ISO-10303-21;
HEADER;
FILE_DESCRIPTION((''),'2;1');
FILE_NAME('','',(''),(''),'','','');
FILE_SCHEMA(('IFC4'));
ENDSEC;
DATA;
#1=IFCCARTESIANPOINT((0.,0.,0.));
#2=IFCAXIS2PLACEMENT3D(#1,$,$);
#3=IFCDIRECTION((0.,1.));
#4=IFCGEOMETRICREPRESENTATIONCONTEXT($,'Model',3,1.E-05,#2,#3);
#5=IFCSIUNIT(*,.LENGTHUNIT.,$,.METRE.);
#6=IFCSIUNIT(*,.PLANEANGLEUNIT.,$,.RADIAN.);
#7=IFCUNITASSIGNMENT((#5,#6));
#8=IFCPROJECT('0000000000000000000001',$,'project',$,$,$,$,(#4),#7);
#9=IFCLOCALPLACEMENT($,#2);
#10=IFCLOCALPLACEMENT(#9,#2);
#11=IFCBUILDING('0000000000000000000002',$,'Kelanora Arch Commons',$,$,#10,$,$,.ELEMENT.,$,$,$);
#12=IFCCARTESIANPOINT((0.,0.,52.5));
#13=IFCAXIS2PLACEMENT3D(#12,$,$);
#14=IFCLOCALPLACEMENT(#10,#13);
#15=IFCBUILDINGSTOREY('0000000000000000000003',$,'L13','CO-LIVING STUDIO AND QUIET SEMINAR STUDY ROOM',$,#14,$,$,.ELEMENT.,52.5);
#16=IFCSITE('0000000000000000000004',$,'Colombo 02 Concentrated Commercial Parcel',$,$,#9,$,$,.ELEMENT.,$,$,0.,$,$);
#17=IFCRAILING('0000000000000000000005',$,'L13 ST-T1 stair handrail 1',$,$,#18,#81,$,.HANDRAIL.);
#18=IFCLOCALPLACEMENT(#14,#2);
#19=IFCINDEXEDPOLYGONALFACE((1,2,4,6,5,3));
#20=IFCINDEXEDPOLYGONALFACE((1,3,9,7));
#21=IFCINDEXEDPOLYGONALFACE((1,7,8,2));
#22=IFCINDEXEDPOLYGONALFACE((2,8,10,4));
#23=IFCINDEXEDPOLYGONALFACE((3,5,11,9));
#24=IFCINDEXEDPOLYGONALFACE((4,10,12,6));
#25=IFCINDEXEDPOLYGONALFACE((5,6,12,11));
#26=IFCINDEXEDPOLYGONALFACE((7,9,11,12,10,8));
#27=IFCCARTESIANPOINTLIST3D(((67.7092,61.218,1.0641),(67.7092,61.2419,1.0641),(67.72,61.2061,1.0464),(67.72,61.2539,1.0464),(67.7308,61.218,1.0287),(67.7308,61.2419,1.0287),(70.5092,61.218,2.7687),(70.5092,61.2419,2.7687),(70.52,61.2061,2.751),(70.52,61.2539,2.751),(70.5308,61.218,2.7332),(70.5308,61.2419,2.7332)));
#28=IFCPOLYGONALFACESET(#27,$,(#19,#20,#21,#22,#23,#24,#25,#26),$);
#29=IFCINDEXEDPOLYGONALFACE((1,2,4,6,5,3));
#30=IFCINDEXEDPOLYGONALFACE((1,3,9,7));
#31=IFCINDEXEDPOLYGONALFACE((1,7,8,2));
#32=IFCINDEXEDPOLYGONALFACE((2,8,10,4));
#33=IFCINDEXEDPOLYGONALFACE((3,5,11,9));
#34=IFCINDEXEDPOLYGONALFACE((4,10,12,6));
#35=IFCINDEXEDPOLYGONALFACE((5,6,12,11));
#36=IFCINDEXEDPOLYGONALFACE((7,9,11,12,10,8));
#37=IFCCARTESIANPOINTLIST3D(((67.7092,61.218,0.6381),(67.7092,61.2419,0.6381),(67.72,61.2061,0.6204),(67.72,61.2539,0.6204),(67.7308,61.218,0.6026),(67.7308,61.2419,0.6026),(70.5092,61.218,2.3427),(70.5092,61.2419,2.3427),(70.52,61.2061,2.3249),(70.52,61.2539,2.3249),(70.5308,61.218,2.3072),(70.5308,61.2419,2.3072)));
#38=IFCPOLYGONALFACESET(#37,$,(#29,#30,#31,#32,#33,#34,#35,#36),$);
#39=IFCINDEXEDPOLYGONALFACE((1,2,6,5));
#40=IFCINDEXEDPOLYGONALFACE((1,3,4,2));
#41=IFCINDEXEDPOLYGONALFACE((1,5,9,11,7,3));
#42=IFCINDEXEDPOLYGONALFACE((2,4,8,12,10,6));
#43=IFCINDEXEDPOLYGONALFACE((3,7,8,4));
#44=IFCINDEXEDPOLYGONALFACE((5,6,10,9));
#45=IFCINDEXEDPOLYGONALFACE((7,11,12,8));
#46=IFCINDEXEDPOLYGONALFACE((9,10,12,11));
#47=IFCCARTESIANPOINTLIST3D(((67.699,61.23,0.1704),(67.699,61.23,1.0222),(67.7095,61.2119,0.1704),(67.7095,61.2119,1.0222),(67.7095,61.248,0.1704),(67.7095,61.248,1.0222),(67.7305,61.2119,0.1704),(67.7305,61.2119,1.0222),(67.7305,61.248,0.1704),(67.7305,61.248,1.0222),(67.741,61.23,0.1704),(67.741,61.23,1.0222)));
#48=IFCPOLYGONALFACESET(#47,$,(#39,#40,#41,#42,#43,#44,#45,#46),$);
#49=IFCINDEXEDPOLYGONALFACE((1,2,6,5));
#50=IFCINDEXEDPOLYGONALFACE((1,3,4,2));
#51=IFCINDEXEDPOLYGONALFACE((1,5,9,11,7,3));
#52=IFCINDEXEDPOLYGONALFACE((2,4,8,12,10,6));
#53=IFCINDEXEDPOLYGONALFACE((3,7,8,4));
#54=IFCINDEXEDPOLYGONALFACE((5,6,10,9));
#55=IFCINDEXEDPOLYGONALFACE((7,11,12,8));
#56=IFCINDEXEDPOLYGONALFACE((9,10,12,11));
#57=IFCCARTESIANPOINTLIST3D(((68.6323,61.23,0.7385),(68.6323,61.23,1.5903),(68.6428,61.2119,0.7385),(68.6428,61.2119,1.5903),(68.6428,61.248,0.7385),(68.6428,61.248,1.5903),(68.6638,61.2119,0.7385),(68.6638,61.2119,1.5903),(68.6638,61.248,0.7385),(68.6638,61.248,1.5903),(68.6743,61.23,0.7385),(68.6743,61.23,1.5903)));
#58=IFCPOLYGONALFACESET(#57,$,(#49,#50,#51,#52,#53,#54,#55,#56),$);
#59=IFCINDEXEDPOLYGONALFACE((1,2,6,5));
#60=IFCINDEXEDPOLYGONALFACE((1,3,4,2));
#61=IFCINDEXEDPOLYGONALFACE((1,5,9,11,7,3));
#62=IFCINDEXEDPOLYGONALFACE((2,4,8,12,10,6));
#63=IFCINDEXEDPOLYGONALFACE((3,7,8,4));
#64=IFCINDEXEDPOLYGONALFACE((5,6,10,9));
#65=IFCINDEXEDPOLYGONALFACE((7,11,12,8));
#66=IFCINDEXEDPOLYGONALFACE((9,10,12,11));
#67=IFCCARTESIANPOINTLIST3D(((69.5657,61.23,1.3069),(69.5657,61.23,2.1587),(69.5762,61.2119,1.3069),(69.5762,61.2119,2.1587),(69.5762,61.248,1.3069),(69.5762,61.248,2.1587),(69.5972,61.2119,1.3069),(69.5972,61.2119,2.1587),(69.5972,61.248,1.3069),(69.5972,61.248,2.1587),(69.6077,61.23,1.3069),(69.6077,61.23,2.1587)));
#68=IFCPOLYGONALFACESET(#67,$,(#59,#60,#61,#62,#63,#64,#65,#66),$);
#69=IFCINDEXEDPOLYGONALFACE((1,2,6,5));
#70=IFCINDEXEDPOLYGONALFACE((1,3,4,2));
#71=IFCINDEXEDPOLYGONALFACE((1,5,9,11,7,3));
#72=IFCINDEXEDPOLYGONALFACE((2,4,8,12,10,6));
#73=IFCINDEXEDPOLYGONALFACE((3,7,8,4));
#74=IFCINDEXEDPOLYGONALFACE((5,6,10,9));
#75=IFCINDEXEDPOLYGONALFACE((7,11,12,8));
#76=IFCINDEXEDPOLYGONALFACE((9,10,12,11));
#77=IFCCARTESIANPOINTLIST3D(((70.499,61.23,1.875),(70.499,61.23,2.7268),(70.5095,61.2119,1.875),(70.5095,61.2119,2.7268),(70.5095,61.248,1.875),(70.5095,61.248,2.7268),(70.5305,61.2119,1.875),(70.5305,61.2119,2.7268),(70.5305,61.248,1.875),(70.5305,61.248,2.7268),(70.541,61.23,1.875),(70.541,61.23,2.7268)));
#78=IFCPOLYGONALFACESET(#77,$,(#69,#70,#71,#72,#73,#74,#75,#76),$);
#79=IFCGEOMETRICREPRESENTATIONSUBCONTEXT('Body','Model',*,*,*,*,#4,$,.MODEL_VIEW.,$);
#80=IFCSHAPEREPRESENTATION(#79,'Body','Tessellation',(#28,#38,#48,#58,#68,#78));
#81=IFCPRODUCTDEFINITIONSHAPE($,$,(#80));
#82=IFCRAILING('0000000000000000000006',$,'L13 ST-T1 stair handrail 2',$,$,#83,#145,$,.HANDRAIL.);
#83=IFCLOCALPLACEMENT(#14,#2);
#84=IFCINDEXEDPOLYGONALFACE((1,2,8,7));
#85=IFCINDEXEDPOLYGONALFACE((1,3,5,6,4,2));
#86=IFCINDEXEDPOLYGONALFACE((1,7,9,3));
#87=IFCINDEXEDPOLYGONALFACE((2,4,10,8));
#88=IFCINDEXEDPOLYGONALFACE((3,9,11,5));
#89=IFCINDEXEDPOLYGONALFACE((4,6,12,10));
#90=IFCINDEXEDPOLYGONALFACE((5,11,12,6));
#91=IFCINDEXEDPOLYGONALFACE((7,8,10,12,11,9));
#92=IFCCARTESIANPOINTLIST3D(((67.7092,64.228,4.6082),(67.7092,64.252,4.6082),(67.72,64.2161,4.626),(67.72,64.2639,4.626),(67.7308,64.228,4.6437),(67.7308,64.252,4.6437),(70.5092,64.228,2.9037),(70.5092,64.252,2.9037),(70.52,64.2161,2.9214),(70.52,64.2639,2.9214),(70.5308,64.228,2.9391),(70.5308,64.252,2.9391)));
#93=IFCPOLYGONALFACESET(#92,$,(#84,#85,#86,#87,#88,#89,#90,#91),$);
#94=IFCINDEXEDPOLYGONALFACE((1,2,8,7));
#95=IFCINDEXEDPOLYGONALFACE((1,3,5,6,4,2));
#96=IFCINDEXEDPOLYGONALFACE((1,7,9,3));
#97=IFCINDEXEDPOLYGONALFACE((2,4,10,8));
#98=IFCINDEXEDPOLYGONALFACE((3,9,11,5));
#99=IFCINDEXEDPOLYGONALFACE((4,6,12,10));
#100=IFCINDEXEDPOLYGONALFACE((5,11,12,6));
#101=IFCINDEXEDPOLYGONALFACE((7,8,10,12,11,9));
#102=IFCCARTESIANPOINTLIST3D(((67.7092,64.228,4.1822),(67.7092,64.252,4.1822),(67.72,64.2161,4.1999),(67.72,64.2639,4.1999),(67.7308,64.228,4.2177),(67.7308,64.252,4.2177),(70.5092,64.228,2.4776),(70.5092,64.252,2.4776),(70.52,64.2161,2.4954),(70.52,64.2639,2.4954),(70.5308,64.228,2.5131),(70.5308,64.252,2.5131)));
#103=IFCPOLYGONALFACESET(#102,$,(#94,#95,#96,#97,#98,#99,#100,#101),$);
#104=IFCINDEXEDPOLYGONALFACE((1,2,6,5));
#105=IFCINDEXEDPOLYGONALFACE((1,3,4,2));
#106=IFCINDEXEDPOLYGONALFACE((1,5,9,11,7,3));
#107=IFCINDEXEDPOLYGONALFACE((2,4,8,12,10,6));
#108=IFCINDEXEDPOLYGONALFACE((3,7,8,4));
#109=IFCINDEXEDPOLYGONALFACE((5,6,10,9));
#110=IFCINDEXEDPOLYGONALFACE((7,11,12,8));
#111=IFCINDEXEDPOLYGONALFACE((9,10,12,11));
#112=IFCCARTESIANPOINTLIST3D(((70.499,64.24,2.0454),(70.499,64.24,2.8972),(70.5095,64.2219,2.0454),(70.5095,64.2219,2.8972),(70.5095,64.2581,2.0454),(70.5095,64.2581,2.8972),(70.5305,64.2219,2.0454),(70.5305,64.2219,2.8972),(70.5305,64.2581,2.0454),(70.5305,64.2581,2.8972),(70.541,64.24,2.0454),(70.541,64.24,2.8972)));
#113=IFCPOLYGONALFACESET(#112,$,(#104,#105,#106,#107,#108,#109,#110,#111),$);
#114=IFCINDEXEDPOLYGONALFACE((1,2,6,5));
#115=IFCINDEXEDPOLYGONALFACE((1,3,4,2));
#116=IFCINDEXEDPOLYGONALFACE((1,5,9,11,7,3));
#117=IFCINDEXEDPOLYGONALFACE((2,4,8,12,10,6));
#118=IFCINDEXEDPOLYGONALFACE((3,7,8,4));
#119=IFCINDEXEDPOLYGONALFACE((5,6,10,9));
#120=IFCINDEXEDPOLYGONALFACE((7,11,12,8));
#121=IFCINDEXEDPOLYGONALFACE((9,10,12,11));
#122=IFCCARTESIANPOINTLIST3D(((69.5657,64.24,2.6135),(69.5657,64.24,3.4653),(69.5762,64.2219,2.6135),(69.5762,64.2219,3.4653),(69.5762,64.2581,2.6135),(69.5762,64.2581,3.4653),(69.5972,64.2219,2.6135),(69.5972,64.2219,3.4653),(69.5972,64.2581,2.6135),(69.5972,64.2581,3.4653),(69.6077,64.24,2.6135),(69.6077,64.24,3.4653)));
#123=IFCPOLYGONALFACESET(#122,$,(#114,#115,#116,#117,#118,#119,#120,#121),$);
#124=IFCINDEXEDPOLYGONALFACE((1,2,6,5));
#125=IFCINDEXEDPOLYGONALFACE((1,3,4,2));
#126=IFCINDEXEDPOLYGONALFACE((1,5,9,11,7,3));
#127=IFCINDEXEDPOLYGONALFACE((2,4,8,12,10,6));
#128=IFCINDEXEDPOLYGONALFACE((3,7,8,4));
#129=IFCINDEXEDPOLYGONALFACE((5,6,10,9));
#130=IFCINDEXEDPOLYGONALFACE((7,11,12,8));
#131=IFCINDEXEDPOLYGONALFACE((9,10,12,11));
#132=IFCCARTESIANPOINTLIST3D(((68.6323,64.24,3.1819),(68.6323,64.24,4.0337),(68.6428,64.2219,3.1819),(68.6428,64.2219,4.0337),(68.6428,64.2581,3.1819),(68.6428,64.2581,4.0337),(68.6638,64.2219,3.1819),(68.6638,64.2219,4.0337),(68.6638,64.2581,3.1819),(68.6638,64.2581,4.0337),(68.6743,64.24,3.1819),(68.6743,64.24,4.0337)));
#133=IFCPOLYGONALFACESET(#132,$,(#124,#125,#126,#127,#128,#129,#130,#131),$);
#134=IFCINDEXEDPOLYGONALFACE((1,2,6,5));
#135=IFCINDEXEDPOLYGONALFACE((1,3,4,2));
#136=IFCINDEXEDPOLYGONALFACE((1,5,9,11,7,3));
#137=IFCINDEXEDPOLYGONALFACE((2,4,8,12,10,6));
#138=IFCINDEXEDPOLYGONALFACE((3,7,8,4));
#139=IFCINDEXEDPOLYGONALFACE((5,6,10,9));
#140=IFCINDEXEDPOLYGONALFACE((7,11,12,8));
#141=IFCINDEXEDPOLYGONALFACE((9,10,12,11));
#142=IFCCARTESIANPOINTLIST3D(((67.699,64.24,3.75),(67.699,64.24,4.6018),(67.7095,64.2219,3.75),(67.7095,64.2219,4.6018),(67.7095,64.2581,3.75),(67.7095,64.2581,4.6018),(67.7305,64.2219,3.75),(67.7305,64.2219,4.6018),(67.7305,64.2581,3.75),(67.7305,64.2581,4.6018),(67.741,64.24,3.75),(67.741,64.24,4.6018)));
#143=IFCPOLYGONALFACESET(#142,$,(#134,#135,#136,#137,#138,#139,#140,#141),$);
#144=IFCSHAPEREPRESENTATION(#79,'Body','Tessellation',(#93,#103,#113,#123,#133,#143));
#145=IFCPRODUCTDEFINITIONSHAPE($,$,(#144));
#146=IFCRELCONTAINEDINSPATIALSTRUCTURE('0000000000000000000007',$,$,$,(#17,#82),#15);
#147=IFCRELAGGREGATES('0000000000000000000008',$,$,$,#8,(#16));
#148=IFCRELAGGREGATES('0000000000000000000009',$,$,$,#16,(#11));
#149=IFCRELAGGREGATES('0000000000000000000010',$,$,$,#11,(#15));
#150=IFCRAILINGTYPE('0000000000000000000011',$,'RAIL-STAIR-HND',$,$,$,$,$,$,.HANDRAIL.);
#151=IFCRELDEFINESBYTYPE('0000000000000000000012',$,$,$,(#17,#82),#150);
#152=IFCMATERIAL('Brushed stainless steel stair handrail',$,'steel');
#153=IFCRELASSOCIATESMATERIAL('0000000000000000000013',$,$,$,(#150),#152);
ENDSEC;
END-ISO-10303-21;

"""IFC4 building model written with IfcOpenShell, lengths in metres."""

from ifc_helpers import new_model, si_unit, direction, frame, origin, place, context, subcontext, project, spatial, polyline, outline, extrude, material, type_object, element, save


model = new_model("IFC4")

# Units and contexts
model_context = context("Model", 3, precision=1e-05, world=origin(), true_north=direction((0.0, 1.0)))
body_context = subcontext(model_context, "Body", "Model", "MODEL_VIEW")
ifc_project = project(units=[si_unit("LENGTHUNIT", "METRE"), si_unit("PLANEANGLEUNIT", "RADIAN")], contexts=[model_context])

# Site, building, storey
site_placement = place(None, origin())
site = spatial("IfcSite", under=ifc_project, at=site_placement, Name="Colombo 02 Concentrated Commercial Parcel", CompositionType="ELEMENT", RefElevation=0.0)
building_placement = place(site_placement, origin())
building = spatial("IfcBuilding", under=site, at=building_placement, Name="Kelanora Arch Commons", CompositionType="ELEMENT")
storey_placement = place(building_placement, frame((0.0, 0.0, 52.5)))
storey = spatial("IfcBuildingStorey", under=building, at=storey_placement, Name="L13", Description="CO-LIVING STUDIO AND QUIET SEMINAR STUDY ROOM", CompositionType="ELEMENT", Elevation=52.5)

# Railings
ifc_material_1 = material(Name="Brushed stainless steel stair handrail", Category="steel")
railing_type_1 = type_object("IfcRailingType", Name="RAIL-STAIR-HND", PredefinedType="HANDRAIL", material=ifc_material_1)
railing_1_placement = place(storey_placement, frame((67.72, 61.23, 0.1704)))
element("IfcRailing", 1, at=railing_1_placement, inside=storey, type_object=railing_type_1, Name="L13 ST-T1 stair handrail 1", PredefinedType="HANDRAIL", context=body_context, shape_type="SweptSolid", body=[
    extrude(outline(polyline([(0.0239, 0.0), (0.012, 0.0208), (-0.012, 0.0208), (-0.0239, 0.0), (-0.012, -0.0208), (0.012, -0.0208), (0.0239, 0.0)])), frame((0.0, 0.0, 0.876), z_axis=(0.85417, 0.0, 0.519994), x_axis=(0.0, 1.0, 0.0)), (0.0, 0.0, 1.0), 3.2781),
    extrude(outline(polyline([(0.0239, 0.0), (0.012, 0.0208), (-0.012, 0.0208), (-0.0239, 0.0), (-0.012, -0.0208), (0.012, -0.0208), (0.0239, 0.0)])), frame((0.0, 0.0, 0.45), z_axis=(0.85417, 0.0, 0.519994), x_axis=(0.0, 1.0, 0.0)), (0.0, 0.0, 1.0), 3.2781),
    extrude(outline(polyline([(0.021, 0.0), (0.0105, 0.0181), (-0.0105, 0.0181), (-0.021, 0.0), (-0.0105, -0.0181), (0.0105, -0.0181), (0.021, 0.0)])), origin(), (0.0, 0.0, 1.0), 0.8518),
    extrude(outline(polyline([(0.021, 0.0), (0.0105, 0.0181), (-0.0105, 0.0181), (-0.021, 0.0), (-0.0105, -0.0181), (0.0105, -0.0181), (0.021, 0.0)])), frame((0.9333, 0.0, 0.5681)), (0.0, 0.0, 1.0), 0.8518),
    extrude(outline(polyline([(0.021, 0.0), (0.0105, 0.0181), (-0.0105, 0.0181), (-0.021, 0.0), (-0.0105, -0.0181), (0.0105, -0.0181), (0.021, 0.0)])), frame((1.8667, 0.0, 1.1365)), (0.0, 0.0, 1.0), 0.8518),
    extrude(outline(polyline([(0.021, 0.0), (0.0105, 0.0181), (-0.0105, 0.0181), (-0.021, 0.0), (-0.0105, -0.0181), (0.0105, -0.0181), (0.021, 0.0)])), frame((2.8, 0.0, 1.7046)), (0.0, 0.0, 1.0), 0.8518),
])
railing_2_placement = place(storey_placement, frame((70.52, 64.24, 2.0454)))
element("IfcRailing", 2, at=railing_2_placement, inside=storey, type_object=railing_type_1, Name="L13 ST-T1 stair handrail 2", PredefinedType="HANDRAIL", context=body_context, shape_type="SweptSolid", body=[
    extrude(outline(polyline([(0.0239, 0.0), (0.012, 0.0208), (-0.012, 0.0208), (-0.0239, 0.0), (-0.012, -0.0208), (0.012, -0.0208), (0.0239, 0.0)])), frame((0.0, 0.0, 0.876), z_axis=(-0.85417, 0.0, 0.519994), x_axis=(0.0, -1.0, 0.0)), (0.0, 0.0, 1.0), 3.2781),
    extrude(outline(polyline([(0.0239, 0.0), (0.012, 0.0208), (-0.012, 0.0208), (-0.0239, 0.0), (-0.012, -0.0208), (0.012, -0.0208), (0.0239, 0.0)])), frame((0.0, 0.0, 0.45), z_axis=(-0.85417, 0.0, 0.519994), x_axis=(0.0, -1.0, 0.0)), (0.0, 0.0, 1.0), 3.2781),
    extrude(outline(polyline([(0.021, 0.0), (0.0105, 0.0181), (-0.0105, 0.0181), (-0.021, 0.0), (-0.0105, -0.0181), (0.0105, -0.0181), (0.021, 0.0)])), origin(), (0.0, 0.0, 1.0), 0.8518),
    extrude(outline(polyline([(0.021, 0.0), (0.0105, 0.0181), (-0.0105, 0.0181), (-0.021, 0.0), (-0.0105, -0.0181), (0.0105, -0.0181), (0.021, 0.0)])), frame((-0.9333, 0.0, 0.5681)), (0.0, 0.0, 1.0), 0.8518),
    extrude(outline(polyline([(0.021, 0.0), (0.0105, 0.0181), (-0.0105, 0.0181), (-0.021, 0.0), (-0.0105, -0.0181), (0.0105, -0.0181), (0.021, 0.0)])), frame((-1.8667, 0.0, 1.1365)), (0.0, 0.0, 1.0), 0.8518),
    extrude(outline(polyline([(0.021, 0.0), (0.0105, 0.0181), (-0.0105, 0.0181), (-0.021, 0.0), (-0.0105, -0.0181), (0.0105, -0.0181), (0.021, 0.0)])), frame((-2.8, 0.0, 1.7046)), (0.0, 0.0, 1.0), 0.8518),
])

save(model, "model.ifc")
